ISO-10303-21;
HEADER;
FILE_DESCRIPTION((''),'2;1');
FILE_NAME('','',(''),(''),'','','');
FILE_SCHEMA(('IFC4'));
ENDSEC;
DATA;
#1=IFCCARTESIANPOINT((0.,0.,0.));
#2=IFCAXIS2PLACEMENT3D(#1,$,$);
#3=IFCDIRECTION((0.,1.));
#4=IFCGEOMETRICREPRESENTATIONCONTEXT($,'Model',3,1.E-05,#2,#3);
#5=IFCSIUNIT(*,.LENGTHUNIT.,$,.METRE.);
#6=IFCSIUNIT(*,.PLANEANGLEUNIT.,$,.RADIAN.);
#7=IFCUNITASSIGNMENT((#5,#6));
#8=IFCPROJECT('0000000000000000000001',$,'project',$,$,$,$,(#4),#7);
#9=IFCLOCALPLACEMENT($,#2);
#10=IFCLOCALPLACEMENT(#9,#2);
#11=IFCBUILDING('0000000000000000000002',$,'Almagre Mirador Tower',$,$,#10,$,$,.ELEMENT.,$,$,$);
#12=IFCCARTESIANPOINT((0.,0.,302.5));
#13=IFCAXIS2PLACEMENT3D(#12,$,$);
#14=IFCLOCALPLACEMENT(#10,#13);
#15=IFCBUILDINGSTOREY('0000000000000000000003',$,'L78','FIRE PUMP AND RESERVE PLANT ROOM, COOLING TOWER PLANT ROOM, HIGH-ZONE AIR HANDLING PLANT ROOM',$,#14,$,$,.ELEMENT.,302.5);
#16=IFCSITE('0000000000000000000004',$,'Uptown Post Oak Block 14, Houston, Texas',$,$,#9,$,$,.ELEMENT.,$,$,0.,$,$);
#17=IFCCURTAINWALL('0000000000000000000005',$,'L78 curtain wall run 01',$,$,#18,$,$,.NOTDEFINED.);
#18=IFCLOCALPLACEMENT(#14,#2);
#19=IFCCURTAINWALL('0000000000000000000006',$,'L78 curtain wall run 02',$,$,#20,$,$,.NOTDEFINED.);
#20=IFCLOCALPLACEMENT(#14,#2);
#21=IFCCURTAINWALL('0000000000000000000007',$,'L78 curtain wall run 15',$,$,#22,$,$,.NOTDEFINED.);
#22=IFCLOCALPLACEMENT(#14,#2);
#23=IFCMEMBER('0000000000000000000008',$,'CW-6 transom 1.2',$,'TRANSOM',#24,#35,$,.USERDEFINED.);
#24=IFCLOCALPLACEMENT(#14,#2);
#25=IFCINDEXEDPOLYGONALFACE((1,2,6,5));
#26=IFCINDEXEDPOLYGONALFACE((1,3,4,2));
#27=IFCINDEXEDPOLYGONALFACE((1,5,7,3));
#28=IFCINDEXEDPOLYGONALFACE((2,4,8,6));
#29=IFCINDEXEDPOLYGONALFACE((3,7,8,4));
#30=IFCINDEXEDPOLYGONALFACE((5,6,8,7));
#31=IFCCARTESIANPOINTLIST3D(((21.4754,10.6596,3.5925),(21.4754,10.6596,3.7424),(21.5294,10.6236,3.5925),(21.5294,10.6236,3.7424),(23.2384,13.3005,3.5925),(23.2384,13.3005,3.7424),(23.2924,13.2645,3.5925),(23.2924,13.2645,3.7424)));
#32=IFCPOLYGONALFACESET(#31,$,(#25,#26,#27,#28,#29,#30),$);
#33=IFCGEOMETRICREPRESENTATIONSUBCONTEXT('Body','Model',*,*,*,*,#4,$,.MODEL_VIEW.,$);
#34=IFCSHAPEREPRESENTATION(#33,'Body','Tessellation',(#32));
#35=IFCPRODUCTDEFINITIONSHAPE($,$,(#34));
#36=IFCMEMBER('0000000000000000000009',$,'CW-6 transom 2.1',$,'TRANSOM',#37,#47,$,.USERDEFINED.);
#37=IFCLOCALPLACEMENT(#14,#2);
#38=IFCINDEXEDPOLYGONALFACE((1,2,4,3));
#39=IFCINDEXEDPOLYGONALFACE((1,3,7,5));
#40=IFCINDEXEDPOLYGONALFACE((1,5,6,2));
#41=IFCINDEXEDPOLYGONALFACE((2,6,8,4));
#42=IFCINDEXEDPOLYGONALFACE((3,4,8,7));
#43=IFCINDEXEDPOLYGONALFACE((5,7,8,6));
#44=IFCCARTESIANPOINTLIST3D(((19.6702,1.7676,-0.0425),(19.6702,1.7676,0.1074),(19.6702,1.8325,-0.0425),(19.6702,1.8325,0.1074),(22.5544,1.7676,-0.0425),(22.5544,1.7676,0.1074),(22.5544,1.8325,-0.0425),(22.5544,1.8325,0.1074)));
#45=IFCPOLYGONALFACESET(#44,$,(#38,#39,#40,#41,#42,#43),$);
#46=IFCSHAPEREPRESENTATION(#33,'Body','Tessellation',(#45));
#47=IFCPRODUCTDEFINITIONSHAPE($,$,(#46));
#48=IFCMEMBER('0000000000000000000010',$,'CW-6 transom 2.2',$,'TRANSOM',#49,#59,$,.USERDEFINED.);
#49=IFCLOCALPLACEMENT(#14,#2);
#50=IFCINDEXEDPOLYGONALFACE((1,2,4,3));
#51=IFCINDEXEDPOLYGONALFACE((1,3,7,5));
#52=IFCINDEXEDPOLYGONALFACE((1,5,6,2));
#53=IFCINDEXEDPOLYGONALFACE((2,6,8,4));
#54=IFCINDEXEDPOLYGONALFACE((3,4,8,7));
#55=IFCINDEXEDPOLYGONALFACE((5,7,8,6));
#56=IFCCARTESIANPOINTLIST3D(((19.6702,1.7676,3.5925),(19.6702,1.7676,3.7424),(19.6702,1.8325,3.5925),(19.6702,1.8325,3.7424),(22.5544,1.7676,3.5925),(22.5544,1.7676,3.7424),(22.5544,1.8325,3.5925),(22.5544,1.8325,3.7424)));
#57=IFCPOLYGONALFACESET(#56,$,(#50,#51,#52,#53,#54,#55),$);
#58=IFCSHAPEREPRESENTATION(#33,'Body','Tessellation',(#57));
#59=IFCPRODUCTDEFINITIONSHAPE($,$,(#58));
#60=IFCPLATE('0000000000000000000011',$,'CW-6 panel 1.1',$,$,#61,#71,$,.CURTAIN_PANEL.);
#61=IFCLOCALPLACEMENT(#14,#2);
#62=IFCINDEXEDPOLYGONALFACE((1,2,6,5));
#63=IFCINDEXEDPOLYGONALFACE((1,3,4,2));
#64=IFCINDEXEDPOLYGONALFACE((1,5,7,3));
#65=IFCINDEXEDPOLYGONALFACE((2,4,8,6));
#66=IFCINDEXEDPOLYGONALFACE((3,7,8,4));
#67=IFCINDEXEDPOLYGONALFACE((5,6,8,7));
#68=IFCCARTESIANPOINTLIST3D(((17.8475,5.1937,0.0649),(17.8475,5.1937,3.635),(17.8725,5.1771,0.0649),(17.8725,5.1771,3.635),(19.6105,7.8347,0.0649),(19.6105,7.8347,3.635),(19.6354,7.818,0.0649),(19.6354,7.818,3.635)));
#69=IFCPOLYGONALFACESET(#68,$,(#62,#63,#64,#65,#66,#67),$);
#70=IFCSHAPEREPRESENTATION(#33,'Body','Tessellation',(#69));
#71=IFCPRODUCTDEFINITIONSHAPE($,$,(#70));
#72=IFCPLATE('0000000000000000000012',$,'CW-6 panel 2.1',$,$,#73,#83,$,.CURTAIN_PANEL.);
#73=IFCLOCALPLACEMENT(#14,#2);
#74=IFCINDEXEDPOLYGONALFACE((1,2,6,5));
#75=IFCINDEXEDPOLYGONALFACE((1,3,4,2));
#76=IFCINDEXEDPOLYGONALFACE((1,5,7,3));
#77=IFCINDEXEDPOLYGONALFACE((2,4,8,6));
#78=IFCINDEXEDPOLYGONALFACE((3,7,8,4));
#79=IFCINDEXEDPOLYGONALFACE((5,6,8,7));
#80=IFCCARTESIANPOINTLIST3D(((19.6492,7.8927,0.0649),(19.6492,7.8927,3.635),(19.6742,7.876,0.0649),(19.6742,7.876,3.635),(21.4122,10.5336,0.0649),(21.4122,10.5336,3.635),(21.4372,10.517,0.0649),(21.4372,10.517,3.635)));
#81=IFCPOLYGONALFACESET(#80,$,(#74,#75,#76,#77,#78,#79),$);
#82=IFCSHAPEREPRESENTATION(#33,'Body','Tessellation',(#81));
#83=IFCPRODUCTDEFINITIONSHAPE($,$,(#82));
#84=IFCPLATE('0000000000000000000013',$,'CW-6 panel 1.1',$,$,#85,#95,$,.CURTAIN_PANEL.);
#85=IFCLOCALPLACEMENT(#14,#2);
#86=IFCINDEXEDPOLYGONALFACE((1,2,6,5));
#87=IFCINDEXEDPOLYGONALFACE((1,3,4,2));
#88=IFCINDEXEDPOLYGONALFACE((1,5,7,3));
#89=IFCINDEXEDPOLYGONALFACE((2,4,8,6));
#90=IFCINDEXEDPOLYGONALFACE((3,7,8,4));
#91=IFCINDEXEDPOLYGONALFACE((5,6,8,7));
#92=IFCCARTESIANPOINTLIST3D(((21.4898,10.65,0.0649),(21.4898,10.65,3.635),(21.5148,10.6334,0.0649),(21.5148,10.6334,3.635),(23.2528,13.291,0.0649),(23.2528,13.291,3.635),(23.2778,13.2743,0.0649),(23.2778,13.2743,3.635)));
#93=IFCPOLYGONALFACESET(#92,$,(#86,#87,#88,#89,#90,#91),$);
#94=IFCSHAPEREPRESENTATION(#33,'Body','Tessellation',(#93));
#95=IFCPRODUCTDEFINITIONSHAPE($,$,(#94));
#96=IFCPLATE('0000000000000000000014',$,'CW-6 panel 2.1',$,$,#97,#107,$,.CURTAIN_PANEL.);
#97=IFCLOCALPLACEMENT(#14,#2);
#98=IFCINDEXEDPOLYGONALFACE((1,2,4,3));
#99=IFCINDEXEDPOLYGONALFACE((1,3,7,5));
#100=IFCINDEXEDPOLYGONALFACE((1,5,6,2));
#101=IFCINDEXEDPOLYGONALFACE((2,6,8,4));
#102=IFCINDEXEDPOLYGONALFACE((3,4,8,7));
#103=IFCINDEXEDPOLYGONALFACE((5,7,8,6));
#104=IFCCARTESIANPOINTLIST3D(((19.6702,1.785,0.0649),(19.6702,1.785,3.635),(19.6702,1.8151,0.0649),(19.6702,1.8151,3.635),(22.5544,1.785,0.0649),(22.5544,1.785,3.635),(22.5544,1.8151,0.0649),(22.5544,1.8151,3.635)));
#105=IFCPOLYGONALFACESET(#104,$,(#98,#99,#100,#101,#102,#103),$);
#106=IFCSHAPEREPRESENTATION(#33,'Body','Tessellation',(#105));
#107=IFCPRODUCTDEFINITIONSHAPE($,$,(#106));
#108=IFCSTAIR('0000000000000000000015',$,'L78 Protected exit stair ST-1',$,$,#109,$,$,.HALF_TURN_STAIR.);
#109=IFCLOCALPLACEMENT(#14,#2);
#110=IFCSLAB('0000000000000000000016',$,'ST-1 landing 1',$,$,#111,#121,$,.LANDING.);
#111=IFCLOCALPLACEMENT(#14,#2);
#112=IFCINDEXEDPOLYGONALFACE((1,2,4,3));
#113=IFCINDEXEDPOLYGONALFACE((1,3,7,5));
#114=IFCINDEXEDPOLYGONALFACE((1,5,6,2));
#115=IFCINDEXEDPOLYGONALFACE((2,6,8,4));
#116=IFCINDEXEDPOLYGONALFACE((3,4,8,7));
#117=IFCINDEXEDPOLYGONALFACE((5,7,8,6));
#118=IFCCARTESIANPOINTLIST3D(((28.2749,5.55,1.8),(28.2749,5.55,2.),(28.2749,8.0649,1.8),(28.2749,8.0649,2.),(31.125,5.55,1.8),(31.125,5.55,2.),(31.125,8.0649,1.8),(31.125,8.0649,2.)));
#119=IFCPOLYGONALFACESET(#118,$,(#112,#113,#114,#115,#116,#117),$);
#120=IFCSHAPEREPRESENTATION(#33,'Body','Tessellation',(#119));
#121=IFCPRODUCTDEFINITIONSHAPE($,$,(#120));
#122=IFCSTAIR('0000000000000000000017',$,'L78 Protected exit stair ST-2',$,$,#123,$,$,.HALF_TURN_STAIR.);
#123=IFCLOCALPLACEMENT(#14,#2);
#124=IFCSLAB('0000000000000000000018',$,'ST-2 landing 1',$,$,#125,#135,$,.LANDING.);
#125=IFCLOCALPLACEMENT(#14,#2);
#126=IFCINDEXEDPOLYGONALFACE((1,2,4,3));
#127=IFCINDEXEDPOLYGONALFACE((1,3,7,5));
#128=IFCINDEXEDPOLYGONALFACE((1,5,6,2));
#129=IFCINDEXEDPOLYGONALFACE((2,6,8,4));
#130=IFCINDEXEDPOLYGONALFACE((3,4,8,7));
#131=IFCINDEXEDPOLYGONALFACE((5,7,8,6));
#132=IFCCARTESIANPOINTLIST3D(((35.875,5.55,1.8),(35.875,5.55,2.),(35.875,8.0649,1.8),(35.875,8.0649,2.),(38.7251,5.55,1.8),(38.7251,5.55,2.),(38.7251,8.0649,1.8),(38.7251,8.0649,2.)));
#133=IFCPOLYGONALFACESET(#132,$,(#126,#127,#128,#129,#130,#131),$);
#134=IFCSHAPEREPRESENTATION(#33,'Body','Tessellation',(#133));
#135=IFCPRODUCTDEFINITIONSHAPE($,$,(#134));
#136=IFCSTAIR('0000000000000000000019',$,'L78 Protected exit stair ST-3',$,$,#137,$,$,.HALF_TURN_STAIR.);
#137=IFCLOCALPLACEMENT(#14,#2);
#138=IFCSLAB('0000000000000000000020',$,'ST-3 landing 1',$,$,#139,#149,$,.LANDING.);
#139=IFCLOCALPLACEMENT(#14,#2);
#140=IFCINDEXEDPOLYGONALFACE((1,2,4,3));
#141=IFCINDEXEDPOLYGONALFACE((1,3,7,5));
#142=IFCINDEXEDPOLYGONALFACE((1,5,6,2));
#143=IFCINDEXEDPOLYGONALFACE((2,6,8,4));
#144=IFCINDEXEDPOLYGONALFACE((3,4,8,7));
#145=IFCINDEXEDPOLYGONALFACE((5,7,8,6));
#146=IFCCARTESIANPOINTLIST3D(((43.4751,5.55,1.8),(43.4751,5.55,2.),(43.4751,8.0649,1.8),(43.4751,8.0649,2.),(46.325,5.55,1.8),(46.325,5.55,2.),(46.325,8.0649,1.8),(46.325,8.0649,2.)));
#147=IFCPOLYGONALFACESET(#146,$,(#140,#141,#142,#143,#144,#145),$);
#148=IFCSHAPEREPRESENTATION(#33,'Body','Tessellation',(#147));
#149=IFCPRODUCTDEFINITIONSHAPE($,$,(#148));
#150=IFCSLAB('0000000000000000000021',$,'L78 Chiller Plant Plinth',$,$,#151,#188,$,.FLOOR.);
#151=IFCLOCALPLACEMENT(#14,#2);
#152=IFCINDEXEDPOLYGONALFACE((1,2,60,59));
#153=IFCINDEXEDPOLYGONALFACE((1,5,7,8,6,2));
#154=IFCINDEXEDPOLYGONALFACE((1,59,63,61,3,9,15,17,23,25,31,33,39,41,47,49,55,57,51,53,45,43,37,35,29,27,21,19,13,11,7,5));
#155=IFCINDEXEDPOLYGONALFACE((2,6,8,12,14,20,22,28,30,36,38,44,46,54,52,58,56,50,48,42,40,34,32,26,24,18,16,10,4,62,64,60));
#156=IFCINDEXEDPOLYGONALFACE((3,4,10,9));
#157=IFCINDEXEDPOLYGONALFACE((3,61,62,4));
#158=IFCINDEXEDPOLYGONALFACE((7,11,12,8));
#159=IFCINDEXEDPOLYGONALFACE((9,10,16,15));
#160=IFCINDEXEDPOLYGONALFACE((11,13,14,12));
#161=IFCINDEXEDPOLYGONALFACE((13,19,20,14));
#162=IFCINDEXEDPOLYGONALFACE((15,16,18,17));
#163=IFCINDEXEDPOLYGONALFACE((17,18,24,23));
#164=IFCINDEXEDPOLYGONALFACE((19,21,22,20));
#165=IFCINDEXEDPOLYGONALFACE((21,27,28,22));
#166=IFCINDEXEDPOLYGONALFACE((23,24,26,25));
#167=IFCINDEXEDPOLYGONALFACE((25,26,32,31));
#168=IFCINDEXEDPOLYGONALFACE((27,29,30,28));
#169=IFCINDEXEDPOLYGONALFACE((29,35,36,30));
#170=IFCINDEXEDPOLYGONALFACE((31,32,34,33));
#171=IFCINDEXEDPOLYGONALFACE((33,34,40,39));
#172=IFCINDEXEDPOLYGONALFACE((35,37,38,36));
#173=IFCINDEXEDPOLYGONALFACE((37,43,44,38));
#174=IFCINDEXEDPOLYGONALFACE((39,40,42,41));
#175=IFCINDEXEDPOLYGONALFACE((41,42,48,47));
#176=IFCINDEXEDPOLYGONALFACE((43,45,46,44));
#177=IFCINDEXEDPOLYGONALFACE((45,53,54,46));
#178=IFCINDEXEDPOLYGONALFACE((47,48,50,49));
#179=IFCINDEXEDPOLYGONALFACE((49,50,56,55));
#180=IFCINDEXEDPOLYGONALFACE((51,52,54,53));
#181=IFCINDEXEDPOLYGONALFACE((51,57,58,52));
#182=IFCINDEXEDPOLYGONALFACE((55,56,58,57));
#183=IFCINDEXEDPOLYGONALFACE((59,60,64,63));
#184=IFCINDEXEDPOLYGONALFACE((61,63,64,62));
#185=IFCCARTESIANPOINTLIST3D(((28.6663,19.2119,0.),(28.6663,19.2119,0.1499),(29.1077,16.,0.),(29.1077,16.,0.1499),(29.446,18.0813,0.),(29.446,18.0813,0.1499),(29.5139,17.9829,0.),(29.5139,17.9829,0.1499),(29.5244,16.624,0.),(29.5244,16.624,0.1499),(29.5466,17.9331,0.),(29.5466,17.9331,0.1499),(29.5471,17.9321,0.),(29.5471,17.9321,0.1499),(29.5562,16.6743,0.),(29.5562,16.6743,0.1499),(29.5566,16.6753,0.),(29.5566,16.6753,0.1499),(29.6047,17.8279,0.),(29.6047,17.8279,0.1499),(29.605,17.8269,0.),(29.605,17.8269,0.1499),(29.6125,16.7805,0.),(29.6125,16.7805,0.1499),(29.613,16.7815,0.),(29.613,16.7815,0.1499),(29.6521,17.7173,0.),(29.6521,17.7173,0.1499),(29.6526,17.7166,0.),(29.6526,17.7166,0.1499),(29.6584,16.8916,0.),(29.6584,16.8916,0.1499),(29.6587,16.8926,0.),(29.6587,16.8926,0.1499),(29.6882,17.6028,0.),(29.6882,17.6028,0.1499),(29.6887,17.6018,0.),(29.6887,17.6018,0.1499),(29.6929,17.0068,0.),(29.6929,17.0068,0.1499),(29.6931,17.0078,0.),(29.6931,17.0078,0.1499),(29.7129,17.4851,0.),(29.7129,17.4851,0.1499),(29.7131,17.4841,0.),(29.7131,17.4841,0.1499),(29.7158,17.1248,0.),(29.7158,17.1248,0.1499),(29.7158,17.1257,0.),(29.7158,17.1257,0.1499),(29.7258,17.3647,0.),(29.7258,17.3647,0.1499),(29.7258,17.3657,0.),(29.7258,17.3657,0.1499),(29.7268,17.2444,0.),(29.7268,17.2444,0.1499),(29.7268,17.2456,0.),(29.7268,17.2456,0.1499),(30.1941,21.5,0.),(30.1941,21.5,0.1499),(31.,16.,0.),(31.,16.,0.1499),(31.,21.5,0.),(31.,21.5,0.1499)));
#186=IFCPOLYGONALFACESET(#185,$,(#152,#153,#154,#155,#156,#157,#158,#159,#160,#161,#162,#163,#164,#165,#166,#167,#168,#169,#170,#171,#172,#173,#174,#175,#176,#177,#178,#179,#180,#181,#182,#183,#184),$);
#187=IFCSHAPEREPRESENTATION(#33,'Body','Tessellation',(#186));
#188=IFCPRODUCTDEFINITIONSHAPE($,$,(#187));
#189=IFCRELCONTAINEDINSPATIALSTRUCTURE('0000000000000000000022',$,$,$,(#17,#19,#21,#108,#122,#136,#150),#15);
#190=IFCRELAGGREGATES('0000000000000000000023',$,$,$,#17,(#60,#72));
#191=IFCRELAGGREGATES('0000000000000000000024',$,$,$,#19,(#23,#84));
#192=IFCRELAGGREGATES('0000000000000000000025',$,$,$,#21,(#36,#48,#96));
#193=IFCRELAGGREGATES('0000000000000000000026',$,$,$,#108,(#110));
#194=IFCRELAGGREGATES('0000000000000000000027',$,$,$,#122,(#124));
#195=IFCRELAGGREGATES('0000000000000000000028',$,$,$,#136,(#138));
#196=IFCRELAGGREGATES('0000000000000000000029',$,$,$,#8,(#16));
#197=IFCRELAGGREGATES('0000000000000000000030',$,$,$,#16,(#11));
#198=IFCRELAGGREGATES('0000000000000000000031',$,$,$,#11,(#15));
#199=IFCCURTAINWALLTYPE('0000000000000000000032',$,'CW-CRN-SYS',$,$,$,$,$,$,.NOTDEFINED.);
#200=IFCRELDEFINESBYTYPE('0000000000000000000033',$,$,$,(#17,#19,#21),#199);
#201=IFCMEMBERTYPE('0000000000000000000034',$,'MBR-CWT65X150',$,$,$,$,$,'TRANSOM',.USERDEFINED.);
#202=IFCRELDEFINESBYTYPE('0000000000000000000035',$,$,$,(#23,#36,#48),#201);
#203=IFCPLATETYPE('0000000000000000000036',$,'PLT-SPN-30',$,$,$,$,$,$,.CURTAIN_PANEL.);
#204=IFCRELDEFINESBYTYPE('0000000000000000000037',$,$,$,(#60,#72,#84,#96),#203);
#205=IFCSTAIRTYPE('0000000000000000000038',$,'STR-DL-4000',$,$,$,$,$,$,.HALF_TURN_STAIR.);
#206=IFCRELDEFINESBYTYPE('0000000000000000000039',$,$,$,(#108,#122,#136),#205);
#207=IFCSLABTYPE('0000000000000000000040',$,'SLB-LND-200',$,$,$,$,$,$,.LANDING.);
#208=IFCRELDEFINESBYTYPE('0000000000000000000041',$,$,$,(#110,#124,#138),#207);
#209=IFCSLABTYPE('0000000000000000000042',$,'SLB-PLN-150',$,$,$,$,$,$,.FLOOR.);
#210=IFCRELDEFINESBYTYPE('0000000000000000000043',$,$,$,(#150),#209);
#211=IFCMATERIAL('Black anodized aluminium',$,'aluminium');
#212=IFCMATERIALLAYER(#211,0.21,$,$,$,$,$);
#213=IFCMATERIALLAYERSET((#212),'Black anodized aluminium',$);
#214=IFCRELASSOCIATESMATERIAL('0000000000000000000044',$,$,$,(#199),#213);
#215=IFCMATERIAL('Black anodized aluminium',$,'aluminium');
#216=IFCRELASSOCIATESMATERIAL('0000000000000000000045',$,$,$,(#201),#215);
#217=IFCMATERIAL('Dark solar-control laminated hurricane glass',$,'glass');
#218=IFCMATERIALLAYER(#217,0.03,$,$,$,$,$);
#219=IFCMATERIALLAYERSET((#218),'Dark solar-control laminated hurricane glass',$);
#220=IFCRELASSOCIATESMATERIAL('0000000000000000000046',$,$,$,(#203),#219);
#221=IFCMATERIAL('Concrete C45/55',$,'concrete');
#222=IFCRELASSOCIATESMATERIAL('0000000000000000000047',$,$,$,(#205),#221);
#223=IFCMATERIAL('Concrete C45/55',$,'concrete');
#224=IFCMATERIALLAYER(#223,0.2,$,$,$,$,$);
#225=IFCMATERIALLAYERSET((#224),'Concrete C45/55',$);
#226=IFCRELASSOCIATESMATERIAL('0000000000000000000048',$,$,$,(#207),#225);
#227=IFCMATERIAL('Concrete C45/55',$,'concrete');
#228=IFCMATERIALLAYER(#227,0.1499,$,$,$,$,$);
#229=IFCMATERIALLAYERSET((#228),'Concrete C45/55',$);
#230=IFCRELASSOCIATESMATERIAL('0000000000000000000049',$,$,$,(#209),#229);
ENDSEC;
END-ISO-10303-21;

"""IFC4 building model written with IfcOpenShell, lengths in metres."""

from ifc_helpers import new_model, si_unit, direction, frame, origin, origin_2d, place, context, subcontext, project, spatial, polyline, rectangle, outline, extrude, material, layer, layer_set, material_profile, profile_set, type_object, element, aggregate, save


model = new_model("IFC4")

# Units and contexts
model_context = context("Model", 3, precision=1e-05, world=origin(), true_north=direction((0.0, 1.0)))
body_context = subcontext(model_context, "Body", "Model", "MODEL_VIEW")
ifc_project = project(units=[si_unit("LENGTHUNIT", "METRE"), si_unit("PLANEANGLEUNIT", "RADIAN")], contexts=[model_context])

# Site, building, storey
site_placement = place(None, origin())
site = spatial("IfcSite", under=ifc_project, at=site_placement, Name="Uptown Post Oak Block 14, Houston, Texas", CompositionType="ELEMENT", RefElevation=0.0)
building_placement = place(site_placement, origin())
building = spatial("IfcBuilding", under=site, at=building_placement, Name="Almagre Mirador Tower", CompositionType="ELEMENT")
storey_placement = place(building_placement, frame((0.0, 0.0, 302.5)))
storey = spatial("IfcBuildingStorey", under=building, at=storey_placement, Name="L78", Description="FIRE PUMP AND RESERVE PLANT ROOM, COOLING TOWER PLANT ROOM, HIGH-ZONE AIR HANDLING PLANT ROOM", CompositionType="ELEMENT", Elevation=302.5)

# Curtain wall
ifc_material_1 = material(Name="Black anodized aluminium", Category="aluminium")
ifc_layer_1 = layer(ifc_material_1, 0.21)
ifc_layer_set_1 = layer_set([ifc_layer_1], Name="Black anodized aluminium")
curtain_wall_type = type_object("IfcCurtainWallType", Name="CW-CRN-SYS", PredefinedType="NOTDEFINED", material=ifc_layer_set_1)
curtain_wall_1_placement = place(storey_placement, origin())
curtain_wall_1 = element("IfcCurtainWall", 1, at=curtain_wall_1_placement, inside=storey, type_object=curtain_wall_type, Name="L78 curtain wall run 01", PredefinedType="NOTDEFINED")

# Curtain wall
curtain_wall_2_placement = place(storey_placement, origin())
curtain_wall_2 = element("IfcCurtainWall", 2, at=curtain_wall_2_placement, inside=storey, type_object=curtain_wall_type, Name="L78 curtain wall run 02", PredefinedType="NOTDEFINED")

# Curtain wall
curtain_wall_3_placement = place(storey_placement, origin())
curtain_wall_3 = element("IfcCurtainWall", 3, at=curtain_wall_3_placement, inside=storey, type_object=curtain_wall_type, Name="L78 curtain wall run 15", PredefinedType="NOTDEFINED")

# Members
ifc_material_2 = material(Name="Black anodized aluminium", Category="aluminium")
ifc_material_profile_1 = material_profile(ifc_material_2, rectangle(XDim=0.0649, YDim=0.1499, at=origin_2d()), Name="CWT65X150")
ifc_profile_set_1 = profile_set([ifc_material_profile_1], Name="Black anodized aluminium")
member_type_1 = type_object("IfcMemberType", Name="MBR-CWT65X150", ElementType="TRANSOM", PredefinedType="USERDEFINED", material=ifc_profile_set_1)
member_1_placement = place(storey_placement, frame((21.5024, 10.6416, 3.6675), z_axis=(0.555215, 0.831707, 0.0), x_axis=(-0.831707, 0.555215, 0.0)))
member_1 = element("IfcMember", 4, at=member_1_placement, type_object=member_type_1, Name="CW-6 transom 1.2", ObjectType="TRANSOM", PredefinedType="USERDEFINED", context=body_context, shape_type="SweptSolid", body=[
    extrude(rectangle(XDim=0.0649, YDim=0.1499, at=origin_2d()), origin(), (0.0, 0.0, 1.0), 3.1753),
])
member_2_placement = place(storey_placement, frame((22.5544, 1.8, 0.0325), z_axis=(-1.0, 0.0, 0.0), x_axis=(0.0, -1.0, 0.0)))
member_2 = element("IfcMember", 5, at=member_2_placement, type_object=member_type_1, Name="CW-6 transom 2.1", ObjectType="TRANSOM", PredefinedType="USERDEFINED", context=body_context, shape_type="SweptSolid", body=[
    extrude(rectangle(XDim=0.0649, YDim=0.1499, at=origin_2d()), origin(), (0.0, 0.0, 1.0), 2.8843),
])
member_3_placement = place(storey_placement, frame((22.5544, 1.8, 3.6675), z_axis=(-1.0, 0.0, 0.0), x_axis=(0.0, -1.0, 0.0)))
member_3 = element("IfcMember", 6, at=member_3_placement, type_object=member_type_1, Name="CW-6 transom 2.2", ObjectType="TRANSOM", PredefinedType="USERDEFINED", context=body_context, shape_type="SweptSolid", body=[
    extrude(rectangle(XDim=0.0649, YDim=0.1499, at=origin_2d()), origin(), (0.0, 0.0, 1.0), 2.8843),
])

# Plates
ifc_material_3 = material(Name="Dark solar-control laminated hurricane glass", Category="glass")
ifc_layer_2 = layer(ifc_material_3, 0.03)
ifc_layer_set_2 = layer_set([ifc_layer_2], Name="Dark solar-control laminated hurricane glass")
plate_type = type_object("IfcPlateType", Name="PLT-SPN-30", PredefinedType="CURTAIN_PANEL", material=ifc_layer_set_2)
plate_1_placement = place(storey_placement, frame((18.7415, 6.5059, 0.0649), z_axis=(0.0, 0.0, 1.0), x_axis=(0.555214, 0.831708, 0.0)))
plate_1 = element("IfcPlate", 7, at=plate_1_placement, type_object=plate_type, Name="CW-6 panel 1.1", PredefinedType="CURTAIN_PANEL", context=body_context, shape_type="SweptSolid", body=[
    extrude(rectangle(XDim=3.1753, YDim=0.03, at=origin_2d()), origin(), (0.0, 0.0, 1.0), 3.5701),
])
plate_2_placement = place(storey_placement, frame((20.5432, 9.2048, 0.0649), z_axis=(0.0, 0.0, 1.0), x_axis=(0.555214, 0.831708, 0.0)))
plate_2 = element("IfcPlate", 8, at=plate_2_placement, type_object=plate_type, Name="CW-6 panel 2.1", PredefinedType="CURTAIN_PANEL", context=body_context, shape_type="SweptSolid", body=[
    extrude(rectangle(XDim=3.1753, YDim=0.03, at=origin_2d()), origin(), (0.0, 0.0, 1.0), 3.5701),
])
aggregate(curtain_wall_1, [plate_1, plate_2])
plate_3_placement = place(storey_placement, frame((22.3838, 11.9622, 0.0649), z_axis=(0.0, 0.0, 1.0), x_axis=(0.555214, 0.831708, 0.0)))
plate_3 = element("IfcPlate", 9, at=plate_3_placement, type_object=plate_type, Name="CW-6 panel 1.1", PredefinedType="CURTAIN_PANEL", context=body_context, shape_type="SweptSolid", body=[
    extrude(rectangle(XDim=3.1753, YDim=0.03, at=origin_2d()), origin(), (0.0, 0.0, 1.0), 3.5701),
])
aggregate(curtain_wall_2, [member_1, plate_3])
plate_4_placement = place(storey_placement, frame((21.1123, 1.8, 0.0649), z_axis=(0.0, 0.0, 1.0), x_axis=(-1.0, 0.0, 0.0)))
plate_4 = element("IfcPlate", 10, at=plate_4_placement, type_object=plate_type, Name="CW-6 panel 2.1", PredefinedType="CURTAIN_PANEL", context=body_context, shape_type="SweptSolid", body=[
    extrude(rectangle(XDim=2.8843, YDim=0.03, at=origin_2d()), origin(), (0.0, 0.0, 1.0), 3.5701),
])
aggregate(curtain_wall_3, [member_2, member_3, plate_4])

# Stairs, slabs
ifc_material_4 = material(Name="Concrete C45/55", Category="concrete")
stair_type = type_object("IfcStairType", Name="STR-DL-4000", PredefinedType="HALF_TURN_STAIR", material=ifc_material_4)
stair_1_placement = place(storey_placement, origin())
stair_1 = element("IfcStair", 11, at=stair_1_placement, inside=storey, type_object=stair_type, Name="L78 Protected exit stair ST-1", PredefinedType="HALF_TURN_STAIR")
ifc_material_5 = material(Name="Concrete C45/55", Category="concrete")
ifc_layer_3 = layer(ifc_material_5, 0.2)
ifc_layer_set_3 = layer_set([ifc_layer_3], Name="Concrete C45/55")
slab_type_1 = type_object("IfcSlabType", Name="SLB-LND-200", PredefinedType="LANDING", material=ifc_layer_set_3)
slab_1_placement = place(storey_placement, frame((0.0, 0.0, 1.8)))
slab_1 = element("IfcSlab", 12, at=slab_1_placement, type_object=slab_type_1, Name="ST-1 landing 1", PredefinedType="LANDING", context=body_context, shape_type="SweptSolid", body=[
    extrude(outline(polyline([(28.2749, 8.0649), (28.2749, 5.55), (31.125, 5.55), (31.125, 8.0649), (28.2749, 8.0649)])), origin(), (0.0, 0.0, 1.0), 0.2),
])
aggregate(stair_1, [slab_1])
stair_2_placement = place(storey_placement, origin())
stair_2 = element("IfcStair", 13, at=stair_2_placement, inside=storey, type_object=stair_type, Name="L78 Protected exit stair ST-2", PredefinedType="HALF_TURN_STAIR")
slab_2_placement = place(storey_placement, frame((0.0, 0.0, 1.8)))
slab_2 = element("IfcSlab", 14, at=slab_2_placement, type_object=slab_type_1, Name="ST-2 landing 1", PredefinedType="LANDING", context=body_context, shape_type="SweptSolid", body=[
    extrude(outline(polyline([(35.875, 8.0649), (35.875, 5.55), (38.7251, 5.55), (38.7251, 8.0649), (35.875, 8.0649)])), origin(), (0.0, 0.0, 1.0), 0.2),
])
aggregate(stair_2, [slab_2])
stair_3_placement = place(storey_placement, origin())
stair_3 = element("IfcStair", 15, at=stair_3_placement, inside=storey, type_object=stair_type, Name="L78 Protected exit stair ST-3", PredefinedType="HALF_TURN_STAIR")
slab_3_placement = place(storey_placement, frame((0.0, 0.0, 1.8)))
slab_3 = element("IfcSlab", 16, at=slab_3_placement, type_object=slab_type_1, Name="ST-3 landing 1", PredefinedType="LANDING", context=body_context, shape_type="SweptSolid", body=[
    extrude(outline(polyline([(43.4751, 8.0649), (43.4751, 5.55), (46.325, 5.55), (46.325, 8.0649), (43.4751, 8.0649)])), origin(), (0.0, 0.0, 1.0), 0.2),
])
aggregate(stair_3, [slab_3])

# Slab
ifc_material_6 = material(Name="Concrete C45/55", Category="concrete")
ifc_layer_4 = layer(ifc_material_6, 0.1499)
ifc_layer_set_4 = layer_set([ifc_layer_4], Name="Concrete C45/55")
slab_type_2 = type_object("IfcSlabType", Name="SLB-PLN-150", PredefinedType="FLOOR", material=ifc_layer_set_4)
slab_4_placement = place(storey_placement, origin())
element("IfcSlab", 17, at=slab_4_placement, inside=storey, type_object=slab_type_2, Name="L78 Chiller Plant Plinth", PredefinedType="FLOOR", context=body_context, shape_type="SweptSolid", body=[
    extrude(outline(polyline([(30.1941, 21.5), (28.6663, 19.2119), (29.446, 18.0813), (29.5139, 17.9829), (29.5466, 17.9331), (29.5471, 17.9321), (29.6047, 17.8279), (29.605, 17.8269), (29.6521, 17.7173), (29.6526, 17.7166), (29.6882, 17.6028), (29.6887, 17.6018), (29.7129, 17.4851), (29.7131, 17.4841), (29.7258, 17.3657), (29.7258, 17.3647), (29.7268, 17.2456), (29.7268, 17.2444), (29.7158, 17.1257), (29.7158, 17.1248), (29.6931, 17.0078), (29.6929, 17.0068), (29.6587, 16.8926), (29.6584, 16.8916), (29.613, 16.7815), (29.6125, 16.7805), (29.5566, 16.6753), (29.5562, 16.6743), (29.5244, 16.624), (29.1077, 16.0), (31.0, 16.0), (31.0, 21.5), (30.1941, 21.5)])), origin(), (0.0, 0.0, 1.0), 0.1499),
])

save(model, "model.ifc")
